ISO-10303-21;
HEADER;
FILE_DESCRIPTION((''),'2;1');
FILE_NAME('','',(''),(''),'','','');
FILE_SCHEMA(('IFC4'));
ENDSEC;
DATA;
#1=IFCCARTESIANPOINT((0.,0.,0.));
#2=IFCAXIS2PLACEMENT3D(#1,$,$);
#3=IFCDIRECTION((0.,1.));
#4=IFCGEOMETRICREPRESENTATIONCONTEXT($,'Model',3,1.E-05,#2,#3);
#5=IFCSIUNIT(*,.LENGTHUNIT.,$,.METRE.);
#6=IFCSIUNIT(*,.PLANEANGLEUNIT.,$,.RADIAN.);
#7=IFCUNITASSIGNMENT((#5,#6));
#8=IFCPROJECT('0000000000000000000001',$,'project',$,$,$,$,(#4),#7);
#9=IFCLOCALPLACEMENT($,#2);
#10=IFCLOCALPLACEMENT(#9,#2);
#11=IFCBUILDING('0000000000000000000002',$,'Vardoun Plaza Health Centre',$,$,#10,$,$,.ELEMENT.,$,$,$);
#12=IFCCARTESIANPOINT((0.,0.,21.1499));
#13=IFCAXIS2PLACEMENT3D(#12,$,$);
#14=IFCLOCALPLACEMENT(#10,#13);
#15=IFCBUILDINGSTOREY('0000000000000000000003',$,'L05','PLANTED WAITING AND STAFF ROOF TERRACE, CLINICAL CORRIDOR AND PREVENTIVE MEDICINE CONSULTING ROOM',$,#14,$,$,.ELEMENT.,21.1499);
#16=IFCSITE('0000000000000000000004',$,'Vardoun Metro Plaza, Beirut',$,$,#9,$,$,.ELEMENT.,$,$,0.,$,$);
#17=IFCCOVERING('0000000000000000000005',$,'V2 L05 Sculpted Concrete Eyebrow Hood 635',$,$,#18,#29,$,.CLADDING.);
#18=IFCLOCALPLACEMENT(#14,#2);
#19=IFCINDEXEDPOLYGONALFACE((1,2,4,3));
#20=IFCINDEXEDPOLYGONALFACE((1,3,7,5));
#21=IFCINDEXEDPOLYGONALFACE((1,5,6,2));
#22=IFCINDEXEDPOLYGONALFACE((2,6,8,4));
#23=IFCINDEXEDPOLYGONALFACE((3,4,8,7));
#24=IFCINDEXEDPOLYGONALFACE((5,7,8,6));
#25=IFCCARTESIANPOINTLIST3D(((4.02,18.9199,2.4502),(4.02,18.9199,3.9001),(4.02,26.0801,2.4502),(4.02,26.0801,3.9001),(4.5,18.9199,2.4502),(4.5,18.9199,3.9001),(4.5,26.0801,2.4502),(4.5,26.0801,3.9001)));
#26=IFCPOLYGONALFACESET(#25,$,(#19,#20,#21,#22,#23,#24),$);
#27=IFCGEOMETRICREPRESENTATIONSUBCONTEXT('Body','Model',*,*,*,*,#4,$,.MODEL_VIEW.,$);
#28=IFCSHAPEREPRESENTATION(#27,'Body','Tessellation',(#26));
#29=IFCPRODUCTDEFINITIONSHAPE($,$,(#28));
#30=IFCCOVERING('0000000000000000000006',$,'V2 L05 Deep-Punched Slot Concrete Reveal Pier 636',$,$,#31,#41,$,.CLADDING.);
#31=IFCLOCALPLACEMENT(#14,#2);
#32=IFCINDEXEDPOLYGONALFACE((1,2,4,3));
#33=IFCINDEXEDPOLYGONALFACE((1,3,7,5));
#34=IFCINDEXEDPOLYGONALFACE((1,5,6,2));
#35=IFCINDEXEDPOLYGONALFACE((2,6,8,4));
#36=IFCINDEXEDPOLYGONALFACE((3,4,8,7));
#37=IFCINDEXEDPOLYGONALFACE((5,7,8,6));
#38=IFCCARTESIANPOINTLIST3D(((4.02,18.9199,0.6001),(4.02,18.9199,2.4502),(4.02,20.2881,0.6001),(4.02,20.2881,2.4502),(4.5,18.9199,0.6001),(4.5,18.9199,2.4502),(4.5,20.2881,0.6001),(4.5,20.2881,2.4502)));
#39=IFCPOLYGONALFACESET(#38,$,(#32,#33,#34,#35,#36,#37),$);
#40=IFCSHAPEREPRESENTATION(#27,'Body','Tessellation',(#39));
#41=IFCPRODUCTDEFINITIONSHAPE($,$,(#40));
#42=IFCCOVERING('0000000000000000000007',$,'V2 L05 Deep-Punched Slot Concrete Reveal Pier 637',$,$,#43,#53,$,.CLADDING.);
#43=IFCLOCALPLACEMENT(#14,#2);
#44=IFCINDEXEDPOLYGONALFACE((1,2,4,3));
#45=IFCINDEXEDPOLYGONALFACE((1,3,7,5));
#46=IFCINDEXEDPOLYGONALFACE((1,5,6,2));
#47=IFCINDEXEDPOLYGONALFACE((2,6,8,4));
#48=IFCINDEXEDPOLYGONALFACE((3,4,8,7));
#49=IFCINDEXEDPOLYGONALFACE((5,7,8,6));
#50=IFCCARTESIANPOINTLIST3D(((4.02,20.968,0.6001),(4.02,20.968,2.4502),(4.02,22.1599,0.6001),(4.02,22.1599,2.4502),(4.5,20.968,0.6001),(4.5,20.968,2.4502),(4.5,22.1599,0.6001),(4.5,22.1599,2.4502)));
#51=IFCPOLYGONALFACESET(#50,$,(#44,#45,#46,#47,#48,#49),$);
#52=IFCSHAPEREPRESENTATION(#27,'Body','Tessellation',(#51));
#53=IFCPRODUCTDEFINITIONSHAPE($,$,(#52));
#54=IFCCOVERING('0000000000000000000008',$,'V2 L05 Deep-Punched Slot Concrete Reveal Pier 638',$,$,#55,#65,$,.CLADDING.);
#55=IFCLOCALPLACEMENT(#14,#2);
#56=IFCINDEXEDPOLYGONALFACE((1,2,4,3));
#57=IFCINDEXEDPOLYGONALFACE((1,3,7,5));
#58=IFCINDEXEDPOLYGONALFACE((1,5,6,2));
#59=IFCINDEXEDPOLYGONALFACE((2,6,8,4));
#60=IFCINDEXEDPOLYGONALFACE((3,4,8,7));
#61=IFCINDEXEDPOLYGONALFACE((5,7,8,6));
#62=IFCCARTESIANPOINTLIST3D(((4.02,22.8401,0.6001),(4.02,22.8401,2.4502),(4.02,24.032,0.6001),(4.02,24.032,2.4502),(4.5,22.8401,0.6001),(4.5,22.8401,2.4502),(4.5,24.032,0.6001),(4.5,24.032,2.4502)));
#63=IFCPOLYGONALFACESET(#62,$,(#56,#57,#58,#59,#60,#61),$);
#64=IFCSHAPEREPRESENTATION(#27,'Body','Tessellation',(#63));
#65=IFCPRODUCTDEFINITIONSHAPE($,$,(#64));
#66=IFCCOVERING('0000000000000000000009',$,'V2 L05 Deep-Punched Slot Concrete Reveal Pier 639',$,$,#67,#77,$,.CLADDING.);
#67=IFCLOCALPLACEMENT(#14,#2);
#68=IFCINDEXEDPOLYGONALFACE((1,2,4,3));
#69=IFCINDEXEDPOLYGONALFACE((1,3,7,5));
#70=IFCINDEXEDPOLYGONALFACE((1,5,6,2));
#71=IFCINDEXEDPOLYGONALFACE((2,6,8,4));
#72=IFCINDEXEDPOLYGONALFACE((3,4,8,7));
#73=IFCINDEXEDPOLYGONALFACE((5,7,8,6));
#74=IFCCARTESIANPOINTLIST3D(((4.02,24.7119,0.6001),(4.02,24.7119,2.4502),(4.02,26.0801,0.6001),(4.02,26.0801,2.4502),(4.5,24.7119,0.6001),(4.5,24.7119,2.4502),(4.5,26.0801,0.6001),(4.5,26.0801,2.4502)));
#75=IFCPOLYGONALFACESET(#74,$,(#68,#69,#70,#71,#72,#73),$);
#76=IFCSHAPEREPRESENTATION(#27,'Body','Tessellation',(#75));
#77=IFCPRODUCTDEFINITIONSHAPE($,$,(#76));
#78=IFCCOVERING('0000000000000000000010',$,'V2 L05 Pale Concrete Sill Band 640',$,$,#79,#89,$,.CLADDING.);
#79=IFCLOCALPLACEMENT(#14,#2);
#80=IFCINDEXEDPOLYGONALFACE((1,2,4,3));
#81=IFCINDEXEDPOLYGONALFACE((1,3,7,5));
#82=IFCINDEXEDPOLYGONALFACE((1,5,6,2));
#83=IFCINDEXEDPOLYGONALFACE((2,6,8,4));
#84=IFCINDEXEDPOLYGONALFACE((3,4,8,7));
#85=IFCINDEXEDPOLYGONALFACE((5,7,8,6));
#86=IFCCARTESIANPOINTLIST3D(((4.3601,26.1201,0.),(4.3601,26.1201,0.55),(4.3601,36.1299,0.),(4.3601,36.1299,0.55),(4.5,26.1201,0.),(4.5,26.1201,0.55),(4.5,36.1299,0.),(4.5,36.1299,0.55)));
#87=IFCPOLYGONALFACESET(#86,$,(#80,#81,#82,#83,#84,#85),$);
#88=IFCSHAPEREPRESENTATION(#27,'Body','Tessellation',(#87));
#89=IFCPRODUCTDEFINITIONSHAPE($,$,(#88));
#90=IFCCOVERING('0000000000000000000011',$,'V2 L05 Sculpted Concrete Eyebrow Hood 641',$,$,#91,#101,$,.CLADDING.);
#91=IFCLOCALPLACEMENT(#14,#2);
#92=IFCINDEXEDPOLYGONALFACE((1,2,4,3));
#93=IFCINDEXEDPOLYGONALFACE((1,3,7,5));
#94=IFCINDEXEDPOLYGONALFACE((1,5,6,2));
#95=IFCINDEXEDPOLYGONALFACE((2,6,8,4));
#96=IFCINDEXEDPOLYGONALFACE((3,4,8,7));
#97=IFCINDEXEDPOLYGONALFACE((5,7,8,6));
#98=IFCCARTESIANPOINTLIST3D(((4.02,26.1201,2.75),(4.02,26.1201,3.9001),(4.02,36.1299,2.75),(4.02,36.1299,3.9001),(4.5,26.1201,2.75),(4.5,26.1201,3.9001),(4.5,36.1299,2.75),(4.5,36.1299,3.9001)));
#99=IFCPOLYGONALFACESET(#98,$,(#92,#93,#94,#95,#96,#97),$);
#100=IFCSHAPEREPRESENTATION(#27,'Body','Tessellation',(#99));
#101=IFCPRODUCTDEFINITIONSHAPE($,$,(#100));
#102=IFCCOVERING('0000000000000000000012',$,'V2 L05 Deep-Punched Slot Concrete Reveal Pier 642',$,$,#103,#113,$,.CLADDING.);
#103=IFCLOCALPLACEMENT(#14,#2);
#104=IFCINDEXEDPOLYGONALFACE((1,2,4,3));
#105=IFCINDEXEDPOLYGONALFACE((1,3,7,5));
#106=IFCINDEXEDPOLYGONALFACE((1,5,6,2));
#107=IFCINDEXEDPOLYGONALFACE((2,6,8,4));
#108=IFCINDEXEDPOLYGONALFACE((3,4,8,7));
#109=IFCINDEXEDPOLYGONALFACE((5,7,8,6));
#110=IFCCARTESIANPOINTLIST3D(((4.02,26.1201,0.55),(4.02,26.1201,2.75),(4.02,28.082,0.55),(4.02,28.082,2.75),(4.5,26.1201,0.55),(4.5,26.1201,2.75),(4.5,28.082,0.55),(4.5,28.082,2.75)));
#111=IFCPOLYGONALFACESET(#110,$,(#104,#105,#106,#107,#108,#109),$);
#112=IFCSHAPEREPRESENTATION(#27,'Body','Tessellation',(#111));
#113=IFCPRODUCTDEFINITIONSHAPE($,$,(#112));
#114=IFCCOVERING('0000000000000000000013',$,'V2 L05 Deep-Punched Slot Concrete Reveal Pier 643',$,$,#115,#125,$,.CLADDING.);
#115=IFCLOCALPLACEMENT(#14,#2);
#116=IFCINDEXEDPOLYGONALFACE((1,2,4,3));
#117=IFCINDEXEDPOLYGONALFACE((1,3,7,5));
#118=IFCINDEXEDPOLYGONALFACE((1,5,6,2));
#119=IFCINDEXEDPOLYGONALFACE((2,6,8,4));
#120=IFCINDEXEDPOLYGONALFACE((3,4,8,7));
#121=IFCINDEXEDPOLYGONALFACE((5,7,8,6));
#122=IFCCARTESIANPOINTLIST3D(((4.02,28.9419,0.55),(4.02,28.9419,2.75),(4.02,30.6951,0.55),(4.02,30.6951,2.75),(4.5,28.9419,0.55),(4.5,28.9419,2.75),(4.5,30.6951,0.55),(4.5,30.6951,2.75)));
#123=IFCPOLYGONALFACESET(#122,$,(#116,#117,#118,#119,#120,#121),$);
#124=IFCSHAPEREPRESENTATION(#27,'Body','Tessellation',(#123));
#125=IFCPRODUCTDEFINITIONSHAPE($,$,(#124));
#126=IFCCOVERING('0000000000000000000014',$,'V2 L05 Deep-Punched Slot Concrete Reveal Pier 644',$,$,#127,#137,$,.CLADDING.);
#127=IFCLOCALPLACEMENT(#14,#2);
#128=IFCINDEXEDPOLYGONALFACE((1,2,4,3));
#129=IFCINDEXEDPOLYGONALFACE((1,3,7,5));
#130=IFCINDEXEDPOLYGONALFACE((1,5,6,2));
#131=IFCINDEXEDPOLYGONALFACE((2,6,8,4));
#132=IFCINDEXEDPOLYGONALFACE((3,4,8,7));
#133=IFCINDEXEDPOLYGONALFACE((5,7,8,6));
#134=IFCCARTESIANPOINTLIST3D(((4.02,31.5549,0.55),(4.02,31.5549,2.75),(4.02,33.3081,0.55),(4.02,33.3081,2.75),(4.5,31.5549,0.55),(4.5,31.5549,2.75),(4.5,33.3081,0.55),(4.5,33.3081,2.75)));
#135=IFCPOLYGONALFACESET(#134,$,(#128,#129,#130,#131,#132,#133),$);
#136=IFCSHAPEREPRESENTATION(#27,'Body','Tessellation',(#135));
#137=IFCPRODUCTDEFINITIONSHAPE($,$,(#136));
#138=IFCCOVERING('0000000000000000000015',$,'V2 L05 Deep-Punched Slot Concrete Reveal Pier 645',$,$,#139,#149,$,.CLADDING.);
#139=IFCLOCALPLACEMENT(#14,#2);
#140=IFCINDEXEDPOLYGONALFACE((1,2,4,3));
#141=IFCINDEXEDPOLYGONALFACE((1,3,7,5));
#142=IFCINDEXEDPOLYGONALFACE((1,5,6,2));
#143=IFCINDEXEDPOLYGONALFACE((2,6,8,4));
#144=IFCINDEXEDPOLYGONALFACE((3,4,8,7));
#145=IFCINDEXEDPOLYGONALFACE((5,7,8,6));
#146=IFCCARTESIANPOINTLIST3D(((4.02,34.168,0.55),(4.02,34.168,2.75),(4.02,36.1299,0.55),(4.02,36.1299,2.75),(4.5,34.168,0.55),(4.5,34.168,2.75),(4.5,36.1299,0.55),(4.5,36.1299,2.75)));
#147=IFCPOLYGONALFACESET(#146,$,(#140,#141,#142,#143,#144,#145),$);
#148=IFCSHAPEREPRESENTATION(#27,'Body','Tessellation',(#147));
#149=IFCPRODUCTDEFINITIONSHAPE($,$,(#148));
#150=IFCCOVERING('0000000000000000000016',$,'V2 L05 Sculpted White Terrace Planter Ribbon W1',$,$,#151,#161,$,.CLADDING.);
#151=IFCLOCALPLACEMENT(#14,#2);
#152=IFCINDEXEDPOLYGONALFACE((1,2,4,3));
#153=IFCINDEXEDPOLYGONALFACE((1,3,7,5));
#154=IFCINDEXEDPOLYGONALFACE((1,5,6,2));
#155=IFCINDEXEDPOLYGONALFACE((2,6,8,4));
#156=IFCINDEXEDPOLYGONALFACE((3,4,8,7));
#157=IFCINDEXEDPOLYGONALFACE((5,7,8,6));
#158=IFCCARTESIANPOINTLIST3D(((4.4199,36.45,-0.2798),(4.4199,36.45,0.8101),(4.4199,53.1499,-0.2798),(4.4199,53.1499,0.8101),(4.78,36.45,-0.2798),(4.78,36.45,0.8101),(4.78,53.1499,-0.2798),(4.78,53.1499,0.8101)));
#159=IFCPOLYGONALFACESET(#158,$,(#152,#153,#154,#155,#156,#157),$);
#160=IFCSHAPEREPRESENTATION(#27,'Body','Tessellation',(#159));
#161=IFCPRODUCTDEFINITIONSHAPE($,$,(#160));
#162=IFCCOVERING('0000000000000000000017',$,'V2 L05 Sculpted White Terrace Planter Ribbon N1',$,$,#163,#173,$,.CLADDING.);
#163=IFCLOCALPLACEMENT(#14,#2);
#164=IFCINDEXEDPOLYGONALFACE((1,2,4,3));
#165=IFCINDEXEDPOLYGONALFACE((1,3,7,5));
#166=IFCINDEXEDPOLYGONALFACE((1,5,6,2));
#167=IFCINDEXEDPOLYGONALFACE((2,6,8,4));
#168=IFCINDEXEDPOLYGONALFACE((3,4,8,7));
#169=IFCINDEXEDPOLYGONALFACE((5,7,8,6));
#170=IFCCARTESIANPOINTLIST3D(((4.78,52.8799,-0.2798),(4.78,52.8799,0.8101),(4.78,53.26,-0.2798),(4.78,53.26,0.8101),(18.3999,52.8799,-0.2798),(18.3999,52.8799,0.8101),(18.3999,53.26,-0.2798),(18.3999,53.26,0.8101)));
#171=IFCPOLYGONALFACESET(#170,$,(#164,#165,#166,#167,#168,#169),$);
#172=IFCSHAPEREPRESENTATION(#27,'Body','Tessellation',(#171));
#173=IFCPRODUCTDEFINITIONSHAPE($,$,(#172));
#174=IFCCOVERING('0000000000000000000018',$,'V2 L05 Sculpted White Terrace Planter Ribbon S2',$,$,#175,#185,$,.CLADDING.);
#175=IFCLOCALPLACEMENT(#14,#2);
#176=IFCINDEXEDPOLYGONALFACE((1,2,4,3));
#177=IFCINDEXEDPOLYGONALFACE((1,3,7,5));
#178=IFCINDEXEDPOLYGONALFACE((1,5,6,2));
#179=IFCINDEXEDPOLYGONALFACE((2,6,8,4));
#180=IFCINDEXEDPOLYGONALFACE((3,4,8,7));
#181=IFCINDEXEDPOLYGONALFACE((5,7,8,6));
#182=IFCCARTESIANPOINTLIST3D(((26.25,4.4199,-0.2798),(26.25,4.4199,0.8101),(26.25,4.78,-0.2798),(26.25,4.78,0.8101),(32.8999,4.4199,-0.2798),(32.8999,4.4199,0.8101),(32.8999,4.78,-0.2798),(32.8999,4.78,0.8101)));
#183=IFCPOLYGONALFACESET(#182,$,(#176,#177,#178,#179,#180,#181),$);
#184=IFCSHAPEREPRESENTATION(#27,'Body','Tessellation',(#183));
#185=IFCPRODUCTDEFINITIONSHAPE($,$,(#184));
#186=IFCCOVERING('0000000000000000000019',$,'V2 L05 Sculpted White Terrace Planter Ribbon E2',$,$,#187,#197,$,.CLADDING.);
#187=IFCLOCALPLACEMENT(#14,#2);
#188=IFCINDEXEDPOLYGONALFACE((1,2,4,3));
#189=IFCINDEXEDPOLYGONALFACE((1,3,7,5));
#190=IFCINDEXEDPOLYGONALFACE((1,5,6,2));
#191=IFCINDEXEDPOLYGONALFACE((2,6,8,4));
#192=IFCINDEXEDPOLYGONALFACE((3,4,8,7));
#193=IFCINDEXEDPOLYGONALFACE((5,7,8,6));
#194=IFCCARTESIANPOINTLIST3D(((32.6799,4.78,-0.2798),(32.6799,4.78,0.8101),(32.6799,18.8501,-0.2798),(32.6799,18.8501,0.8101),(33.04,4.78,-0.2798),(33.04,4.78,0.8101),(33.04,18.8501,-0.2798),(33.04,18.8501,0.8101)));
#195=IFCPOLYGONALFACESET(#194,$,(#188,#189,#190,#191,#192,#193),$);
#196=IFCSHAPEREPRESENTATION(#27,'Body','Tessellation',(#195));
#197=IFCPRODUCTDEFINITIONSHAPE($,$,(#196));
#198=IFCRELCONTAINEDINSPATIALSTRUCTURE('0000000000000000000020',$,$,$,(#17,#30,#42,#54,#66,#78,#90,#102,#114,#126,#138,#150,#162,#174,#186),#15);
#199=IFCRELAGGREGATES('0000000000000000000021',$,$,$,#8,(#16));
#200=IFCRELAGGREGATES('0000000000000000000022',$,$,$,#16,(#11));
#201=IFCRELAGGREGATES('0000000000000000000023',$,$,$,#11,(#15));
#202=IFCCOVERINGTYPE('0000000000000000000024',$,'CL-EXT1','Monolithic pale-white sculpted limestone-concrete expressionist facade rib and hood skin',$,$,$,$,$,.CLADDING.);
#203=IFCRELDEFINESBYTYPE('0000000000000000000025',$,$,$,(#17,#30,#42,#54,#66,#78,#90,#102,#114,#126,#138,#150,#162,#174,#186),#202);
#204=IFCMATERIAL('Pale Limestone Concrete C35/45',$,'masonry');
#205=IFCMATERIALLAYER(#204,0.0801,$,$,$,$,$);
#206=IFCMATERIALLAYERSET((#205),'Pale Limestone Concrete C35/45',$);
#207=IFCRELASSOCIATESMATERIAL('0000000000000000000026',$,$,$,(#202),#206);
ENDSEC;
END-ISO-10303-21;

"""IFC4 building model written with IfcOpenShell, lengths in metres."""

from ifc_helpers import new_model, si_unit, direction, frame, origin, place, context, subcontext, project, spatial, polyline, outline, extrude, material, layer, layer_set, type_object, element, save


model = new_model("IFC4")

# Units and contexts
model_context = context("Model", 3, precision=1e-05, world=origin(), true_north=direction((0.0, 1.0)))
body_context = subcontext(model_context, "Body", "Model", "MODEL_VIEW")
ifc_project = project(units=[si_unit("LENGTHUNIT", "METRE"), si_unit("PLANEANGLEUNIT", "RADIAN")], contexts=[model_context])

# Site, building, storey
site_placement = place(None, origin())
site = spatial("IfcSite", under=ifc_project, at=site_placement, Name="Vardoun Metro Plaza, Beirut", CompositionType="ELEMENT", RefElevation=0.0)
building_placement = place(site_placement, origin())
building = spatial("IfcBuilding", under=site, at=building_placement, Name="Vardoun Plaza Health Centre", CompositionType="ELEMENT")
storey_placement = place(building_placement, frame((0.0, 0.0, 21.1499)))
storey = spatial("IfcBuildingStorey", under=building, at=storey_placement, Name="L05", Description="PLANTED WAITING AND STAFF ROOF TERRACE, CLINICAL CORRIDOR AND PREVENTIVE MEDICINE CONSULTING ROOM", CompositionType="ELEMENT", Elevation=21.1499)

# Coverings
ifc_material_1 = material(Name="Pale Limestone Concrete C35/45", Category="masonry")
ifc_layer_1 = layer(ifc_material_1, 0.0801)
ifc_layer_set_1 = layer_set([ifc_layer_1], Name="Pale Limestone Concrete C35/45")
covering_type = type_object("IfcCoveringType", Name="CL-EXT1", Description="Monolithic pale-white sculpted limestone-concrete expressionist facade rib and hood skin", PredefinedType="CLADDING", material=ifc_layer_set_1)
covering_1_placement = place(storey_placement, frame((0.0, 0.0, 2.4502)))
element("IfcCovering", 1, at=covering_1_placement, inside=storey, type_object=covering_type, Name="V2 L05 Sculpted Concrete Eyebrow Hood 635", PredefinedType="CLADDING", context=body_context, shape_type="SweptSolid", body=[
    extrude(outline(polyline([(4.5, 18.9199), (4.5, 26.0801), (4.02, 26.0801), (4.02, 18.9199), (4.5, 18.9199)])), origin(), (0.0, 0.0, 1.0), 1.45),
])
covering_2_placement = place(storey_placement, frame((0.0, 0.0, 0.6001)))
element("IfcCovering", 2, at=covering_2_placement, inside=storey, type_object=covering_type, Name="V2 L05 Deep-Punched Slot Concrete Reveal Pier 636", PredefinedType="CLADDING", context=body_context, shape_type="SweptSolid", body=[
    extrude(outline(polyline([(4.5, 18.9199), (4.5, 20.2881), (4.02, 20.2881), (4.02, 18.9199), (4.5, 18.9199)])), origin(), (0.0, 0.0, 1.0), 1.8501),
])
covering_3_placement = place(storey_placement, frame((0.0, 0.0, 0.6001)))
element("IfcCovering", 3, at=covering_3_placement, inside=storey, type_object=covering_type, Name="V2 L05 Deep-Punched Slot Concrete Reveal Pier 637", PredefinedType="CLADDING", context=body_context, shape_type="SweptSolid", body=[
    extrude(outline(polyline([(4.5, 20.968), (4.5, 22.1599), (4.02, 22.1599), (4.02, 20.968), (4.5, 20.968)])), origin(), (0.0, 0.0, 1.0), 1.8501),
])
covering_4_placement = place(storey_placement, frame((0.0, 0.0, 0.6001)))
element("IfcCovering", 4, at=covering_4_placement, inside=storey, type_object=covering_type, Name="V2 L05 Deep-Punched Slot Concrete Reveal Pier 638", PredefinedType="CLADDING", context=body_context, shape_type="SweptSolid", body=[
    extrude(outline(polyline([(4.5, 22.8401), (4.5, 24.032), (4.02, 24.032), (4.02, 22.8401), (4.5, 22.8401)])), origin(), (0.0, 0.0, 1.0), 1.8501),
])
covering_5_placement = place(storey_placement, frame((0.0, 0.0, 0.6001)))
element("IfcCovering", 5, at=covering_5_placement, inside=storey, type_object=covering_type, Name="V2 L05 Deep-Punched Slot Concrete Reveal Pier 639", PredefinedType="CLADDING", context=body_context, shape_type="SweptSolid", body=[
    extrude(outline(polyline([(4.5, 24.7119), (4.5, 26.0801), (4.02, 26.0801), (4.02, 24.7119), (4.5, 24.7119)])), origin(), (0.0, 0.0, 1.0), 1.8501),
])
covering_6_placement = place(storey_placement, origin())
element("IfcCovering", 6, at=covering_6_placement, inside=storey, type_object=covering_type, Name="V2 L05 Pale Concrete Sill Band 640", PredefinedType="CLADDING", context=body_context, shape_type="SweptSolid", body=[
    extrude(outline(polyline([(4.5, 26.1201), (4.5, 36.1299), (4.3601, 36.1299), (4.3601, 26.1201), (4.5, 26.1201)])), origin(), (0.0, 0.0, 1.0), 0.55),
])
covering_7_placement = place(storey_placement, frame((0.0, 0.0, 2.75)))
element("IfcCovering", 7, at=covering_7_placement, inside=storey, type_object=covering_type, Name="V2 L05 Sculpted Concrete Eyebrow Hood 641", PredefinedType="CLADDING", context=body_context, shape_type="SweptSolid", body=[
    extrude(outline(polyline([(4.5, 26.1201), (4.5, 36.1299), (4.02, 36.1299), (4.02, 26.1201), (4.5, 26.1201)])), origin(), (0.0, 0.0, 1.0), 1.1501),
])
covering_8_placement = place(storey_placement, frame((0.0, 0.0, 0.55)))
element("IfcCovering", 8, at=covering_8_placement, inside=storey, type_object=covering_type, Name="V2 L05 Deep-Punched Slot Concrete Reveal Pier 642", PredefinedType="CLADDING", context=body_context, shape_type="SweptSolid", body=[
    extrude(outline(polyline([(4.5, 26.1201), (4.5, 28.082), (4.02, 28.082), (4.02, 26.1201), (4.5, 26.1201)])), origin(), (0.0, 0.0, 1.0), 2.2),
])
covering_9_placement = place(storey_placement, frame((0.0, 0.0, 0.55)))
element("IfcCovering", 9, at=covering_9_placement, inside=storey, type_object=covering_type, Name="V2 L05 Deep-Punched Slot Concrete Reveal Pier 643", PredefinedType="CLADDING", context=body_context, shape_type="SweptSolid", body=[
    extrude(outline(polyline([(4.5, 28.9419), (4.5, 30.6951), (4.02, 30.6951), (4.02, 28.9419), (4.5, 28.9419)])), origin(), (0.0, 0.0, 1.0), 2.2),
])
covering_10_placement = place(storey_placement, frame((0.0, 0.0, 0.55)))
element("IfcCovering", 10, at=covering_10_placement, inside=storey, type_object=covering_type, Name="V2 L05 Deep-Punched Slot Concrete Reveal Pier 644", PredefinedType="CLADDING", context=body_context, shape_type="SweptSolid", body=[
    extrude(outline(polyline([(4.5, 31.5549), (4.5, 33.3081), (4.02, 33.3081), (4.02, 31.5549), (4.5, 31.5549)])), origin(), (0.0, 0.0, 1.0), 2.2),
])
covering_11_placement = place(storey_placement, frame((0.0, 0.0, 0.55)))
element("IfcCovering", 11, at=covering_11_placement, inside=storey, type_object=covering_type, Name="V2 L05 Deep-Punched Slot Concrete Reveal Pier 645", PredefinedType="CLADDING", context=body_context, shape_type="SweptSolid", body=[
    extrude(outline(polyline([(4.5, 34.168), (4.5, 36.1299), (4.02, 36.1299), (4.02, 34.168), (4.5, 34.168)])), origin(), (0.0, 0.0, 1.0), 2.2),
])
covering_12_placement = place(storey_placement, frame((0.0, 0.0, -0.2798)))
element("IfcCovering", 12, at=covering_12_placement, inside=storey, type_object=covering_type, Name="V2 L05 Sculpted White Terrace Planter Ribbon W1", PredefinedType="CLADDING", context=body_context, shape_type="SweptSolid", body=[
    extrude(outline(polyline([(4.4199, 36.45), (4.78, 36.45), (4.78, 53.1499), (4.4199, 53.1499), (4.4199, 36.45)])), origin(), (0.0, 0.0, 1.0), 1.0898),
])
covering_13_placement = place(storey_placement, frame((0.0, 0.0, -0.2798)))
element("IfcCovering", 13, at=covering_13_placement, inside=storey, type_object=covering_type, Name="V2 L05 Sculpted White Terrace Planter Ribbon N1", PredefinedType="CLADDING", context=body_context, shape_type="SweptSolid", body=[
    extrude(outline(polyline([(4.78, 52.8799), (18.3999, 52.8799), (18.3999, 53.26), (4.78, 53.26), (4.78, 52.8799)])), origin(), (0.0, 0.0, 1.0), 1.0898),
])
covering_14_placement = place(storey_placement, frame((0.0, 0.0, -0.2798)))
element("IfcCovering", 14, at=covering_14_placement, inside=storey, type_object=covering_type, Name="V2 L05 Sculpted White Terrace Planter Ribbon S2", PredefinedType="CLADDING", context=body_context, shape_type="SweptSolid", body=[
    extrude(outline(polyline([(26.25, 4.4199), (32.8999, 4.4199), (32.8999, 4.78), (26.25, 4.78), (26.25, 4.4199)])), origin(), (0.0, 0.0, 1.0), 1.0898),
])
covering_15_placement = place(storey_placement, frame((0.0, 0.0, -0.2798)))
element("IfcCovering", 15, at=covering_15_placement, inside=storey, type_object=covering_type, Name="V2 L05 Sculpted White Terrace Planter Ribbon E2", PredefinedType="CLADDING", context=body_context, shape_type="SweptSolid", body=[
    extrude(outline(polyline([(32.6799, 4.78), (33.04, 4.78), (33.04, 18.8501), (32.6799, 18.8501), (32.6799, 4.78)])), origin(), (0.0, 0.0, 1.0), 1.0898),
])

save(model, "model.ifc")
